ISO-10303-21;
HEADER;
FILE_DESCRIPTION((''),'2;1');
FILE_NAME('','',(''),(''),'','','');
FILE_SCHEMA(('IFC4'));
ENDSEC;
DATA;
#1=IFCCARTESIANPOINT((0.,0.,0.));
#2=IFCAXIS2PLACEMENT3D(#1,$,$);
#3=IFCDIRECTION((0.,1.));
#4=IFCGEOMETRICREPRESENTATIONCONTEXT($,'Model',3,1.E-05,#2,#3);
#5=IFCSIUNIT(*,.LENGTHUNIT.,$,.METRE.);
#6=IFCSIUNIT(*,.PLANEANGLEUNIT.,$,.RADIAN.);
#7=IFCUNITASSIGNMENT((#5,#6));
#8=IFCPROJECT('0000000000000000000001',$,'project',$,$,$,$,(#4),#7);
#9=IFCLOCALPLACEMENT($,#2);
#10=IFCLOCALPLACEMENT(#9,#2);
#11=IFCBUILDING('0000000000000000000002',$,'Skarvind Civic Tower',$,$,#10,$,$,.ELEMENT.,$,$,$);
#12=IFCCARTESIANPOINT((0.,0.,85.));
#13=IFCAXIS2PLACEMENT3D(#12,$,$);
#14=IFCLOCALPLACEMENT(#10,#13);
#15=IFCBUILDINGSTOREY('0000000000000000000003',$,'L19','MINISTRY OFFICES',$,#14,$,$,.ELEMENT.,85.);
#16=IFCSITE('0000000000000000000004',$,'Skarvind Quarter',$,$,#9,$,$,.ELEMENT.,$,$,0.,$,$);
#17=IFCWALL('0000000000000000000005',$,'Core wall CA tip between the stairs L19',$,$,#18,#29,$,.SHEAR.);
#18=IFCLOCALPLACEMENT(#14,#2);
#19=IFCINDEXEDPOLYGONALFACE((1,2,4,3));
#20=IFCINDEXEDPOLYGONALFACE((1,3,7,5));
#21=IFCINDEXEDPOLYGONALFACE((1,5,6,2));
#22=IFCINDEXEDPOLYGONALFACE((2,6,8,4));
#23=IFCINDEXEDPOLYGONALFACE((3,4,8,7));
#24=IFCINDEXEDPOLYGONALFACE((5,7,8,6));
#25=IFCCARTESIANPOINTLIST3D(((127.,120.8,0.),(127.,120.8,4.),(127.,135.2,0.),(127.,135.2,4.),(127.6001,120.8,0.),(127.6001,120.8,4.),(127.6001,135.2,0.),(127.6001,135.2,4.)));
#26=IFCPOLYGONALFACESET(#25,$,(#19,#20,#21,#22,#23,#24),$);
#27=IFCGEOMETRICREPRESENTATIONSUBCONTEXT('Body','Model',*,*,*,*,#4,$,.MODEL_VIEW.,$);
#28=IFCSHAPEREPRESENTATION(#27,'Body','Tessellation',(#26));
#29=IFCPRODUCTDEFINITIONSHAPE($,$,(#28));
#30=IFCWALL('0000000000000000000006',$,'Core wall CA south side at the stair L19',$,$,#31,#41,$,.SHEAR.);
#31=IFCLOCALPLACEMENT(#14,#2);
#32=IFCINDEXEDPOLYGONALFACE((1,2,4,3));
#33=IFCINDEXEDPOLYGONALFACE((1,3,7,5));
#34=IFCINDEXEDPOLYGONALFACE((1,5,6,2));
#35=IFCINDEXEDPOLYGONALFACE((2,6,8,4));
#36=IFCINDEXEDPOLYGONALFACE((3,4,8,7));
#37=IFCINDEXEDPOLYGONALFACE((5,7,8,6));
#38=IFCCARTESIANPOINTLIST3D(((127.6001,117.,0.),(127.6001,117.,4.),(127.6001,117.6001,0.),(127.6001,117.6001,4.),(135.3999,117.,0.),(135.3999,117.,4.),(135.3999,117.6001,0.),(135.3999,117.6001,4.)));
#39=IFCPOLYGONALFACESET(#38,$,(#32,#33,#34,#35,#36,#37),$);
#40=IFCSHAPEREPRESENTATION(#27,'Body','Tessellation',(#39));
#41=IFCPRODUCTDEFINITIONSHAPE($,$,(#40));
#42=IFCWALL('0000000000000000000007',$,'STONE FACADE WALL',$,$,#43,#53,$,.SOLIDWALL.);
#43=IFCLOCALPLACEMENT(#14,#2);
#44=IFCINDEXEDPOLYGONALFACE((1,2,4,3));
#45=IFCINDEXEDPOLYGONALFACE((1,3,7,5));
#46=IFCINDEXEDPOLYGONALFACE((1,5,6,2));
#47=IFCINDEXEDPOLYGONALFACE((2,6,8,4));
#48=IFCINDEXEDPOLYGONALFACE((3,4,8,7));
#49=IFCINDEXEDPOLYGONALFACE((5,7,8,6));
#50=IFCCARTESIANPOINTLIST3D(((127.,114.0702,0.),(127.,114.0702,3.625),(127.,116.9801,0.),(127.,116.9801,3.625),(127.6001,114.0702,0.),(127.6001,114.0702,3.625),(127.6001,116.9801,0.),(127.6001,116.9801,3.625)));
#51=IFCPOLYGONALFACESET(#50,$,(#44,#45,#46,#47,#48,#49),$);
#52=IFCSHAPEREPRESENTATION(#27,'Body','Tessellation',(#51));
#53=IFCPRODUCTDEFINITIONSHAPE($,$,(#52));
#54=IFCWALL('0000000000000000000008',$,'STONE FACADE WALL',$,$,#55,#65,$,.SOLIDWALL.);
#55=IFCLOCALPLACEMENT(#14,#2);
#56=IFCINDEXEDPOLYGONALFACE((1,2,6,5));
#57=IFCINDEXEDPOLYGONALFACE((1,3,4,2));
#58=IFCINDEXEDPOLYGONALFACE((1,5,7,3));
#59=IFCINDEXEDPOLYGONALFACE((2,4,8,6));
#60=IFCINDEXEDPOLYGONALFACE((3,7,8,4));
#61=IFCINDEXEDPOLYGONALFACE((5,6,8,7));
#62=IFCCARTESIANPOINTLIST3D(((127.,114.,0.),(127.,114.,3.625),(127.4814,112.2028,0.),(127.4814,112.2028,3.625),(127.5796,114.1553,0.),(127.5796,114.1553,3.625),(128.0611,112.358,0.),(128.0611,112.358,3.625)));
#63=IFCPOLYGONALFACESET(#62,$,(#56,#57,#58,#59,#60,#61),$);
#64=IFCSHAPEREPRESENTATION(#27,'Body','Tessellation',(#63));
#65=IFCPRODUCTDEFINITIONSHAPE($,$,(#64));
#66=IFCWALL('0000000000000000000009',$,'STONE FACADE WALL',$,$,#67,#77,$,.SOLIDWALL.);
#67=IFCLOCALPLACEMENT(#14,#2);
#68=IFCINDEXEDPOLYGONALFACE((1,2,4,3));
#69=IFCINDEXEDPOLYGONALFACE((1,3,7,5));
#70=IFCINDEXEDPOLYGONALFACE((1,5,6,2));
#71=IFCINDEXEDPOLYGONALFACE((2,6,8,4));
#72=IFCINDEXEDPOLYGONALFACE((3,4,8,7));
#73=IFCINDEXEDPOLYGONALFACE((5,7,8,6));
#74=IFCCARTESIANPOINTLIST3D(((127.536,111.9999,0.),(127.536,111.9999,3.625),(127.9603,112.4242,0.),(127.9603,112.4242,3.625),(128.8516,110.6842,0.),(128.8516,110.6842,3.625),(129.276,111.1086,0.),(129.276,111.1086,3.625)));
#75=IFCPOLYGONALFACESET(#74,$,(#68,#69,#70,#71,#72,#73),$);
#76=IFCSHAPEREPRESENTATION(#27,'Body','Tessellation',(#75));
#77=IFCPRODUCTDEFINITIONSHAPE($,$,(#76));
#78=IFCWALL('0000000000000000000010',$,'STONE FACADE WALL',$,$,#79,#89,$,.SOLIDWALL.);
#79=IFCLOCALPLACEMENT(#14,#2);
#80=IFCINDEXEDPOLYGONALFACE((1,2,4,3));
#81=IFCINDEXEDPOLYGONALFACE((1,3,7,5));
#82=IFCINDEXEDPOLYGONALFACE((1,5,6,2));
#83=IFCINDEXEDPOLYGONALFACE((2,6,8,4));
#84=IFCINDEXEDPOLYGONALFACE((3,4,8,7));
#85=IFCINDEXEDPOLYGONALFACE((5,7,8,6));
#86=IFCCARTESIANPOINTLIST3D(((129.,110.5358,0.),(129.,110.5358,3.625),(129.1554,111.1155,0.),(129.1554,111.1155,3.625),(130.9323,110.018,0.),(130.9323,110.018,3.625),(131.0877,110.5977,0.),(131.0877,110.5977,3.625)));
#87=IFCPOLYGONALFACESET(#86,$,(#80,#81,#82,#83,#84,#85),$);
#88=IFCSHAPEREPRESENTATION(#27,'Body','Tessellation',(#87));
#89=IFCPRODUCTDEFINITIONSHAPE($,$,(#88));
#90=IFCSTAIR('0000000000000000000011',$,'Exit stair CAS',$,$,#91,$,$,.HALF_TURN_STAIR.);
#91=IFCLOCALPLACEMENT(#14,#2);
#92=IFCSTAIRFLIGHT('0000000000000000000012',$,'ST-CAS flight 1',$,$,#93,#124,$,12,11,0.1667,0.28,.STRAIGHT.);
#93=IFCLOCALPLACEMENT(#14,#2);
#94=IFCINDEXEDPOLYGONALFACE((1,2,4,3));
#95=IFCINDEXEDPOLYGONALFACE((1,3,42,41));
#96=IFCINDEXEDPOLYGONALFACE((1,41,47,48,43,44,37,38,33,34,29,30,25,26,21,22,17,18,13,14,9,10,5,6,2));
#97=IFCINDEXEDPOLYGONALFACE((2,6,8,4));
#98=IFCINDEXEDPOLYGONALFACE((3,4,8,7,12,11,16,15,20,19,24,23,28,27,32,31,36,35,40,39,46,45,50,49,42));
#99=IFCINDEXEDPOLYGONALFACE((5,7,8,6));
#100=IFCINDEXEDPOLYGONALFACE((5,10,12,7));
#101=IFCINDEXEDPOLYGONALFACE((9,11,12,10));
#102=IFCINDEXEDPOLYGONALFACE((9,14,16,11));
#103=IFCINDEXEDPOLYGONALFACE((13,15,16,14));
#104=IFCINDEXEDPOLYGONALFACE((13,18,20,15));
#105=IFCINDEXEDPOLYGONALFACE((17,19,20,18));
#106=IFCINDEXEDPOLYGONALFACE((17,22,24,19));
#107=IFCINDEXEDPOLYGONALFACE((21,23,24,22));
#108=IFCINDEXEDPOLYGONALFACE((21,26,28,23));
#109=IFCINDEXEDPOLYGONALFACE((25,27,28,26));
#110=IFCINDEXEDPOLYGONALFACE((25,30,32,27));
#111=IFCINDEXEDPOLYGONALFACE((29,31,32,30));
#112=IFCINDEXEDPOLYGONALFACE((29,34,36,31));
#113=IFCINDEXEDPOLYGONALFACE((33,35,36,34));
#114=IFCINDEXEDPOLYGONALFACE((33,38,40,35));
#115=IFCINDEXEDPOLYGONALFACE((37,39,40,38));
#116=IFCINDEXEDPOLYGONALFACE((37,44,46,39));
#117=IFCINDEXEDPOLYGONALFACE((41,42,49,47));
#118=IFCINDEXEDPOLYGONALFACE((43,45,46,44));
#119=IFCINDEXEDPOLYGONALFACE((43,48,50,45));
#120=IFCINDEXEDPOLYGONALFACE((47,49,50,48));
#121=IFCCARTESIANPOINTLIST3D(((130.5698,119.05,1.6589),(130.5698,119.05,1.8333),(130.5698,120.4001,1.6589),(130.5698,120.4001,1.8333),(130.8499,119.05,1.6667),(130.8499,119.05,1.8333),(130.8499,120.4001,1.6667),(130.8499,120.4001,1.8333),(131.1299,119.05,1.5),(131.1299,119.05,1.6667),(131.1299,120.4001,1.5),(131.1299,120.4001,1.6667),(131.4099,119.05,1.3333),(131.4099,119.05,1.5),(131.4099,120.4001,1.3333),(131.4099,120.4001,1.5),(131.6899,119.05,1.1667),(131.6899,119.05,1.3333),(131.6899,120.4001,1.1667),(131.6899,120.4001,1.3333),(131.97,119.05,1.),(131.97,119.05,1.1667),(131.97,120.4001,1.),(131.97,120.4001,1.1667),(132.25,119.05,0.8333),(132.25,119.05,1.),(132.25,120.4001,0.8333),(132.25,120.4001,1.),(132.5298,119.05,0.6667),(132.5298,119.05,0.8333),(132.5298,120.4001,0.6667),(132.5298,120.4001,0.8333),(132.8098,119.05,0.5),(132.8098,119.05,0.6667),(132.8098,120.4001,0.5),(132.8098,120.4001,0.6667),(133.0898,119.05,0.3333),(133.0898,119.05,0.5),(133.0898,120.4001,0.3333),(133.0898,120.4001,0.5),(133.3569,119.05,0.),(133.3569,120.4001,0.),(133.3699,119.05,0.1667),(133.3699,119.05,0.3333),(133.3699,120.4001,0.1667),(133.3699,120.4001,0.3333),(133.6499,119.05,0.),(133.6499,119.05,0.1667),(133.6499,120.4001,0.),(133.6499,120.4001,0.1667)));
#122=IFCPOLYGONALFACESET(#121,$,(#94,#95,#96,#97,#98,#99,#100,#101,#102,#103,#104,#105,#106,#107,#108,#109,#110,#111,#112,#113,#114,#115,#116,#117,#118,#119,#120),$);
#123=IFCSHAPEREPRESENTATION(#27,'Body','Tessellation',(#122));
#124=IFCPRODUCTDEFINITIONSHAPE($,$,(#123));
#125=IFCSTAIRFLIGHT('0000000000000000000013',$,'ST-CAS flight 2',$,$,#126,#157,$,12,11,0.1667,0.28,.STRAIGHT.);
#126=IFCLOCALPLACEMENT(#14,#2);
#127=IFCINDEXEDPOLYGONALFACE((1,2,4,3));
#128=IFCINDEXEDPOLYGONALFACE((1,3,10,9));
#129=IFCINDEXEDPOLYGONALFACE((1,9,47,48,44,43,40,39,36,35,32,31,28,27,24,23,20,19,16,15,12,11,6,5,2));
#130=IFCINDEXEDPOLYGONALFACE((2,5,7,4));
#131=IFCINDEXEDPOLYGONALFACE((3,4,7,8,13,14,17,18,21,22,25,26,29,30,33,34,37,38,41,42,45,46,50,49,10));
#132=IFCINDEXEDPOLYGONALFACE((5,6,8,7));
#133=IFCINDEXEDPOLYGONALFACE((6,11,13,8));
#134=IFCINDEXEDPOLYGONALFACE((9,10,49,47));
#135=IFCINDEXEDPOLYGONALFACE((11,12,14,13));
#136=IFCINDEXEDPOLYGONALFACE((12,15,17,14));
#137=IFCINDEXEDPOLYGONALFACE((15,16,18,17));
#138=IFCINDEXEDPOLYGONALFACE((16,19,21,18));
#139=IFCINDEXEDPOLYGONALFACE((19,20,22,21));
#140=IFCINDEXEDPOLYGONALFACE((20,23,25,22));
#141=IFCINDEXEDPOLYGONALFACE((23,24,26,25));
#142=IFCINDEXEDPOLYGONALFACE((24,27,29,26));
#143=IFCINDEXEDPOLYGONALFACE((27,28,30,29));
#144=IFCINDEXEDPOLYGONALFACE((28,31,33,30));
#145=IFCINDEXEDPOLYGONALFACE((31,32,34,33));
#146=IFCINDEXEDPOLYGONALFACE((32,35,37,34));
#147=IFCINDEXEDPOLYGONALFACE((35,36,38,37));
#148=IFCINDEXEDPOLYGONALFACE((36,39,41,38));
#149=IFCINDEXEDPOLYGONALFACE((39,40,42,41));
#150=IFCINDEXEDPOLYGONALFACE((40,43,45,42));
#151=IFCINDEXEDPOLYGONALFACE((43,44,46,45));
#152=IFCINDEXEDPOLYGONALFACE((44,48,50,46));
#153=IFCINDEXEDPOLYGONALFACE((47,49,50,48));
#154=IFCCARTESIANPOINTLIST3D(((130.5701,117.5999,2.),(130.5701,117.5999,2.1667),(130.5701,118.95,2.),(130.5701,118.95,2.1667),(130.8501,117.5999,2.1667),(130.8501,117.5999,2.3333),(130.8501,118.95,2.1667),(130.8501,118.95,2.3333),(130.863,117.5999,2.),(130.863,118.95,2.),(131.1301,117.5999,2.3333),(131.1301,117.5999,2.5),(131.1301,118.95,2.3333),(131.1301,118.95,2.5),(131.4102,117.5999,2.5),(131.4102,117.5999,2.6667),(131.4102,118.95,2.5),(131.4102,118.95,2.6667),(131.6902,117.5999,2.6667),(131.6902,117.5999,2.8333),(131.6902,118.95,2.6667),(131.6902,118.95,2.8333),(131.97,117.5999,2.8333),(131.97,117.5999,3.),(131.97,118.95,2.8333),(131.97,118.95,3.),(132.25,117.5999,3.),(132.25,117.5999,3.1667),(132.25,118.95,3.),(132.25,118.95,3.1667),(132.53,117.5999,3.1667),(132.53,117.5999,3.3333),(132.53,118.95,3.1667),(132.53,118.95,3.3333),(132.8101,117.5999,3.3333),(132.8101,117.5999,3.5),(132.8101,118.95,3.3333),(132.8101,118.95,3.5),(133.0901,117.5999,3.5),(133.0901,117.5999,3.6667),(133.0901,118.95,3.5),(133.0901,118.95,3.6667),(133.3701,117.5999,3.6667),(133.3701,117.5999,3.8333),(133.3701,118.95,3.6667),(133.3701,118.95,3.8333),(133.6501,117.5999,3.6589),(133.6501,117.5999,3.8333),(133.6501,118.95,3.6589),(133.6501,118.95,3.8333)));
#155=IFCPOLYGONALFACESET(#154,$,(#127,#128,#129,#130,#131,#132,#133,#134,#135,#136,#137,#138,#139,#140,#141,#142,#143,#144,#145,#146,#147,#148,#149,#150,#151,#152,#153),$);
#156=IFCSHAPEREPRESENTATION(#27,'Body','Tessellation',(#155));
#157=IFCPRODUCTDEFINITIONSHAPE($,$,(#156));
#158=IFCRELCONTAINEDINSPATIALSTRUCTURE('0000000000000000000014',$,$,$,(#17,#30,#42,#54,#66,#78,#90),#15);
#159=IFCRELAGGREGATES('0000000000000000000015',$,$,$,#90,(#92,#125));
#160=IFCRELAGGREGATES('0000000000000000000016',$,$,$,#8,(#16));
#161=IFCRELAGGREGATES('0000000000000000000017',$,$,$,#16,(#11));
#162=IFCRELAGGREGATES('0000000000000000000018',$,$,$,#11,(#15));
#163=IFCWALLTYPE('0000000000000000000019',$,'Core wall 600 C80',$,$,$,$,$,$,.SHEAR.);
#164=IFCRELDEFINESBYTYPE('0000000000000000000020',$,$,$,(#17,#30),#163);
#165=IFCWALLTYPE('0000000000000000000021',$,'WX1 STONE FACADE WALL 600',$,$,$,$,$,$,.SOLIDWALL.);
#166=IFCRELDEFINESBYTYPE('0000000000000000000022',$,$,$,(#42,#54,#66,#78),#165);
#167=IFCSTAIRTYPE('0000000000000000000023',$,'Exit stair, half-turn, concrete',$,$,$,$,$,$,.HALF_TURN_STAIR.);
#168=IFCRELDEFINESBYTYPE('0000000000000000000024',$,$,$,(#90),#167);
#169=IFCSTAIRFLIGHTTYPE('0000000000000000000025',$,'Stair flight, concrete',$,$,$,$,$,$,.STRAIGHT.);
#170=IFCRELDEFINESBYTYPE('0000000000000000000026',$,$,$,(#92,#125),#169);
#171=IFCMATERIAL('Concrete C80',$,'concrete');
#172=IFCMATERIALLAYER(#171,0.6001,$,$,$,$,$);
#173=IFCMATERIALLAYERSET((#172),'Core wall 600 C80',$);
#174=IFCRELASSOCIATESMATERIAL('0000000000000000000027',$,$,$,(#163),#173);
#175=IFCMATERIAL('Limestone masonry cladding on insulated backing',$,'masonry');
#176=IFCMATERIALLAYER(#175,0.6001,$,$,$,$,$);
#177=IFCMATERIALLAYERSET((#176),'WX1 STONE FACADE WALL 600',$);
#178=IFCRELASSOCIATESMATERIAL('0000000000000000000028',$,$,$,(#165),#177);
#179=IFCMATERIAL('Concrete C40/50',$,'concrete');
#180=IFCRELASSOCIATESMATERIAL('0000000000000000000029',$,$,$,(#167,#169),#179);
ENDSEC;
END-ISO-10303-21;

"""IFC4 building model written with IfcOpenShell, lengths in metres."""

from ifc_helpers import new_model, si_unit, direction, frame, frame_2d, origin, place, context, subcontext, project, spatial, polyline, rectangle, outline, extrude, material, layer, layer_set, type_object, element, aggregate, save


model = new_model("IFC4")

# Units and contexts
model_context = context("Model", 3, precision=1e-05, world=origin(), true_north=direction((0.0, 1.0)))
body_context = subcontext(model_context, "Body", "Model", "MODEL_VIEW")
ifc_project = project(units=[si_unit("LENGTHUNIT", "METRE"), si_unit("PLANEANGLEUNIT", "RADIAN")], contexts=[model_context])

# Site, building, storey
site_placement = place(None, origin())
site = spatial("IfcSite", under=ifc_project, at=site_placement, Name="Skarvind Quarter", CompositionType="ELEMENT", RefElevation=0.0)
building_placement = place(site_placement, origin())
building = spatial("IfcBuilding", under=site, at=building_placement, Name="Skarvind Civic Tower", CompositionType="ELEMENT")
storey_placement = place(building_placement, frame((0.0, 0.0, 85.0)))
storey = spatial("IfcBuildingStorey", under=building, at=storey_placement, Name="L19", Description="MINISTRY OFFICES", CompositionType="ELEMENT", Elevation=85.0)

# Shared definitions
ifc_material_1 = material(Name="Concrete C80", Category="concrete")

# Walls
ifc_layer_1 = layer(ifc_material_1, 0.6001)
ifc_layer_set_1 = layer_set([ifc_layer_1], Name="Core wall 600 C80")
wall_type_1 = type_object("IfcWallType", Name="Core wall 600 C80", PredefinedType="SHEAR", material=ifc_layer_set_1)
wall_1_placement = place(storey_placement, frame((127.3, 120.8, 0.0), z_axis=(0.0, 0.0, 1.0), x_axis=(0.0, 1.0, 0.0)))
element("IfcWall", 1, at=wall_1_placement, inside=storey, type_object=wall_type_1, Name="Core wall CA tip between the stairs L19", PredefinedType="SHEAR", context=body_context, shape_type="SweptSolid", body=[
    extrude(rectangle(XDim=14.3999, YDim=0.6001, at=frame_2d((7.2, 0.0))), origin(), (0.0, 0.0, 1.0), 4.0),
])
wall_2_placement = place(storey_placement, frame((127.6001, 117.3, 0.0), z_axis=(0.0, 0.0, 1.0), x_axis=(1.0, 0.0, 0.0)))
element("IfcWall", 2, at=wall_2_placement, inside=storey, type_object=wall_type_1, Name="Core wall CA south side at the stair L19", PredefinedType="SHEAR", context=body_context, shape_type="SweptSolid", body=[
    extrude(rectangle(XDim=7.7998, YDim=0.6001, at=frame_2d((3.8999, 0.0))), origin(), (0.0, 0.0, 1.0), 4.0),
])
ifc_material_2 = material(Name="Limestone masonry cladding on insulated backing", Category="masonry")
ifc_layer_2 = layer(ifc_material_2, 0.6001)
ifc_layer_set_2 = layer_set([ifc_layer_2], Name="WX1 STONE FACADE WALL 600")
wall_type_2 = type_object("IfcWallType", Name="WX1 STONE FACADE WALL 600", PredefinedType="SOLIDWALL", material=ifc_layer_set_2)
wall_3_placement = place(storey_placement, frame((127.3, 114.0701, 0.0), z_axis=(0.0, 0.0, 1.0), x_axis=(0.0, 1.0, 0.0)))
element("IfcWall", 3, at=wall_3_placement, inside=storey, type_object=wall_type_2, Name="STONE FACADE WALL", PredefinedType="SOLIDWALL", context=body_context, shape_type="SweptSolid", body=[
    extrude(rectangle(XDim=2.9099, YDim=0.6001, at=frame_2d((1.4551, 0.0))), origin(), (0.0, 0.0, 1.0), 3.625),
])
for number, where, z_axis, x_axis, name in (
    (4, (127.7712, 112.2805, 0.0), (0.0, 0.0, 1.0), (-0.258773, 0.965938, 0.0), "STONE FACADE WALL"),
    (5, (129.0637, 110.8965, 0.0), (0.0, 0.0, 1.0), (-0.707107, 0.707107, 0.0), "STONE FACADE WALL"),
):
    element("IfcWall", number, at=place(storey_placement, frame(where, z_axis=z_axis, x_axis=x_axis)), inside=storey, type_object=wall_type_2, Name=name, PredefinedType="SOLIDWALL", context=body_context, shape_type="SweptSolid", body=[
        extrude(rectangle(XDim=1.8606, YDim=0.6001, at=frame_2d((0.9302, 0.0))), origin(), (0.0, 0.0, 1.0), 3.625),
    ])
wall_4_placement = place(storey_placement, frame((131.01, 110.3079, 0.0), z_axis=(0.0, 0.0, 1.0), x_axis=(-0.96592, 0.25884, 0.0)))
element("IfcWall", 6, at=wall_4_placement, inside=storey, type_object=wall_type_2, Name="STONE FACADE WALL", PredefinedType="SOLIDWALL", context=body_context, shape_type="SweptSolid", body=[
    extrude(rectangle(XDim=2.0005, YDim=0.6001, at=frame_2d((1.0002, 0.0))), origin(), (0.0, 0.0, 1.0), 3.625),
])

# Stair, stair flights
ifc_material_3 = material(Name="Concrete C40/50", Category="concrete")
stair_type = type_object("IfcStairType", Name="Exit stair, half-turn, concrete", PredefinedType="HALF_TURN_STAIR", material=ifc_material_3)
stair_placement = place(storey_placement, origin())
stair = element("IfcStair", 7, at=stair_placement, inside=storey, type_object=stair_type, Name="Exit stair CAS", PredefinedType="HALF_TURN_STAIR")
stair_flight_type = type_object("IfcStairFlightType", Name="Stair flight, concrete", PredefinedType="STRAIGHT", material=ifc_material_3)
stair_flight_1_placement = place(storey_placement, frame((133.6499, 119.7251, 0.0), z_axis=(0.0, 0.0, 1.0), x_axis=(-1.0, 0.0, 0.0)))
stair_flight_1 = element("IfcStairFlight", 8, at=stair_flight_1_placement, type_object=stair_flight_type, Name="ST-CAS flight 1", NumberOfRisers=12, NumberOfTreads=11, PredefinedType="STRAIGHT", RiserHeight=0.1667, TreadLength=0.28, context=body_context, shape_type="SweptSolid", body=[
    extrude(outline(polyline([(0.0, 0.0), (0.0, 0.1667), (0.28, 0.1667), (0.28, 0.3333), (0.5601, 0.3333), (0.5601, 0.5), (0.8401, 0.5), (0.8401, 0.6667), (1.1201, 0.6667), (1.1201, 0.8333), (1.3999, 0.8333), (1.3999, 1.0), (1.6799, 1.0), (1.6799, 1.1667), (1.96, 1.1667), (1.96, 1.3333), (2.24, 1.3333), (2.24, 1.5), (2.52, 1.5), (2.52, 1.6667), (2.8, 1.6667), (2.8, 1.8333), (3.0801, 1.8333), (3.0801, 2.0), (3.0801, 1.6589), (0.293, 0.0), (0.0, 0.0)])), frame((0.0, 0.675, 0.0), z_axis=(0.0, -1.0, 0.0), x_axis=(1.0, 0.0, 0.0)), (0.0, 0.0, 1.0), 1.3501),
])
stair_flight_2_placement = place(storey_placement, frame((130.5701, 118.2749, 2.0), z_axis=(0.0, 0.0, 1.0), x_axis=(1.0, 0.0, 0.0)))
stair_flight_2 = element("IfcStairFlight", 9, at=stair_flight_2_placement, type_object=stair_flight_type, Name="ST-CAS flight 2", NumberOfRisers=12, NumberOfTreads=11, PredefinedType="STRAIGHT", RiserHeight=0.1667, TreadLength=0.28, context=body_context, shape_type="SweptSolid", body=[
    extrude(outline(polyline([(0.0, 0.0), (0.0, 0.1667), (0.28, 0.1667), (0.28, 0.3333), (0.5601, 0.3333), (0.5601, 0.5), (0.8401, 0.5), (0.8401, 0.6667), (1.1201, 0.6667), (1.1201, 0.8333), (1.3999, 0.8333), (1.3999, 1.0), (1.6799, 1.0), (1.6799, 1.1667), (1.96, 1.1667), (1.96, 1.3333), (2.24, 1.3333), (2.24, 1.5), (2.52, 1.5), (2.52, 1.6667), (2.8, 1.6667), (2.8, 1.8333), (3.0801, 1.8333), (3.0801, 2.0), (3.0801, 1.6589), (0.293, 0.0), (0.0, 0.0)])), frame((0.0, 0.675, 0.0), z_axis=(0.0, -1.0, 0.0), x_axis=(1.0, 0.0, 0.0)), (0.0, 0.0, 1.0), 1.3501),
])
aggregate(stair, [stair_flight_1, stair_flight_2])

save(model, "model.ifc")
